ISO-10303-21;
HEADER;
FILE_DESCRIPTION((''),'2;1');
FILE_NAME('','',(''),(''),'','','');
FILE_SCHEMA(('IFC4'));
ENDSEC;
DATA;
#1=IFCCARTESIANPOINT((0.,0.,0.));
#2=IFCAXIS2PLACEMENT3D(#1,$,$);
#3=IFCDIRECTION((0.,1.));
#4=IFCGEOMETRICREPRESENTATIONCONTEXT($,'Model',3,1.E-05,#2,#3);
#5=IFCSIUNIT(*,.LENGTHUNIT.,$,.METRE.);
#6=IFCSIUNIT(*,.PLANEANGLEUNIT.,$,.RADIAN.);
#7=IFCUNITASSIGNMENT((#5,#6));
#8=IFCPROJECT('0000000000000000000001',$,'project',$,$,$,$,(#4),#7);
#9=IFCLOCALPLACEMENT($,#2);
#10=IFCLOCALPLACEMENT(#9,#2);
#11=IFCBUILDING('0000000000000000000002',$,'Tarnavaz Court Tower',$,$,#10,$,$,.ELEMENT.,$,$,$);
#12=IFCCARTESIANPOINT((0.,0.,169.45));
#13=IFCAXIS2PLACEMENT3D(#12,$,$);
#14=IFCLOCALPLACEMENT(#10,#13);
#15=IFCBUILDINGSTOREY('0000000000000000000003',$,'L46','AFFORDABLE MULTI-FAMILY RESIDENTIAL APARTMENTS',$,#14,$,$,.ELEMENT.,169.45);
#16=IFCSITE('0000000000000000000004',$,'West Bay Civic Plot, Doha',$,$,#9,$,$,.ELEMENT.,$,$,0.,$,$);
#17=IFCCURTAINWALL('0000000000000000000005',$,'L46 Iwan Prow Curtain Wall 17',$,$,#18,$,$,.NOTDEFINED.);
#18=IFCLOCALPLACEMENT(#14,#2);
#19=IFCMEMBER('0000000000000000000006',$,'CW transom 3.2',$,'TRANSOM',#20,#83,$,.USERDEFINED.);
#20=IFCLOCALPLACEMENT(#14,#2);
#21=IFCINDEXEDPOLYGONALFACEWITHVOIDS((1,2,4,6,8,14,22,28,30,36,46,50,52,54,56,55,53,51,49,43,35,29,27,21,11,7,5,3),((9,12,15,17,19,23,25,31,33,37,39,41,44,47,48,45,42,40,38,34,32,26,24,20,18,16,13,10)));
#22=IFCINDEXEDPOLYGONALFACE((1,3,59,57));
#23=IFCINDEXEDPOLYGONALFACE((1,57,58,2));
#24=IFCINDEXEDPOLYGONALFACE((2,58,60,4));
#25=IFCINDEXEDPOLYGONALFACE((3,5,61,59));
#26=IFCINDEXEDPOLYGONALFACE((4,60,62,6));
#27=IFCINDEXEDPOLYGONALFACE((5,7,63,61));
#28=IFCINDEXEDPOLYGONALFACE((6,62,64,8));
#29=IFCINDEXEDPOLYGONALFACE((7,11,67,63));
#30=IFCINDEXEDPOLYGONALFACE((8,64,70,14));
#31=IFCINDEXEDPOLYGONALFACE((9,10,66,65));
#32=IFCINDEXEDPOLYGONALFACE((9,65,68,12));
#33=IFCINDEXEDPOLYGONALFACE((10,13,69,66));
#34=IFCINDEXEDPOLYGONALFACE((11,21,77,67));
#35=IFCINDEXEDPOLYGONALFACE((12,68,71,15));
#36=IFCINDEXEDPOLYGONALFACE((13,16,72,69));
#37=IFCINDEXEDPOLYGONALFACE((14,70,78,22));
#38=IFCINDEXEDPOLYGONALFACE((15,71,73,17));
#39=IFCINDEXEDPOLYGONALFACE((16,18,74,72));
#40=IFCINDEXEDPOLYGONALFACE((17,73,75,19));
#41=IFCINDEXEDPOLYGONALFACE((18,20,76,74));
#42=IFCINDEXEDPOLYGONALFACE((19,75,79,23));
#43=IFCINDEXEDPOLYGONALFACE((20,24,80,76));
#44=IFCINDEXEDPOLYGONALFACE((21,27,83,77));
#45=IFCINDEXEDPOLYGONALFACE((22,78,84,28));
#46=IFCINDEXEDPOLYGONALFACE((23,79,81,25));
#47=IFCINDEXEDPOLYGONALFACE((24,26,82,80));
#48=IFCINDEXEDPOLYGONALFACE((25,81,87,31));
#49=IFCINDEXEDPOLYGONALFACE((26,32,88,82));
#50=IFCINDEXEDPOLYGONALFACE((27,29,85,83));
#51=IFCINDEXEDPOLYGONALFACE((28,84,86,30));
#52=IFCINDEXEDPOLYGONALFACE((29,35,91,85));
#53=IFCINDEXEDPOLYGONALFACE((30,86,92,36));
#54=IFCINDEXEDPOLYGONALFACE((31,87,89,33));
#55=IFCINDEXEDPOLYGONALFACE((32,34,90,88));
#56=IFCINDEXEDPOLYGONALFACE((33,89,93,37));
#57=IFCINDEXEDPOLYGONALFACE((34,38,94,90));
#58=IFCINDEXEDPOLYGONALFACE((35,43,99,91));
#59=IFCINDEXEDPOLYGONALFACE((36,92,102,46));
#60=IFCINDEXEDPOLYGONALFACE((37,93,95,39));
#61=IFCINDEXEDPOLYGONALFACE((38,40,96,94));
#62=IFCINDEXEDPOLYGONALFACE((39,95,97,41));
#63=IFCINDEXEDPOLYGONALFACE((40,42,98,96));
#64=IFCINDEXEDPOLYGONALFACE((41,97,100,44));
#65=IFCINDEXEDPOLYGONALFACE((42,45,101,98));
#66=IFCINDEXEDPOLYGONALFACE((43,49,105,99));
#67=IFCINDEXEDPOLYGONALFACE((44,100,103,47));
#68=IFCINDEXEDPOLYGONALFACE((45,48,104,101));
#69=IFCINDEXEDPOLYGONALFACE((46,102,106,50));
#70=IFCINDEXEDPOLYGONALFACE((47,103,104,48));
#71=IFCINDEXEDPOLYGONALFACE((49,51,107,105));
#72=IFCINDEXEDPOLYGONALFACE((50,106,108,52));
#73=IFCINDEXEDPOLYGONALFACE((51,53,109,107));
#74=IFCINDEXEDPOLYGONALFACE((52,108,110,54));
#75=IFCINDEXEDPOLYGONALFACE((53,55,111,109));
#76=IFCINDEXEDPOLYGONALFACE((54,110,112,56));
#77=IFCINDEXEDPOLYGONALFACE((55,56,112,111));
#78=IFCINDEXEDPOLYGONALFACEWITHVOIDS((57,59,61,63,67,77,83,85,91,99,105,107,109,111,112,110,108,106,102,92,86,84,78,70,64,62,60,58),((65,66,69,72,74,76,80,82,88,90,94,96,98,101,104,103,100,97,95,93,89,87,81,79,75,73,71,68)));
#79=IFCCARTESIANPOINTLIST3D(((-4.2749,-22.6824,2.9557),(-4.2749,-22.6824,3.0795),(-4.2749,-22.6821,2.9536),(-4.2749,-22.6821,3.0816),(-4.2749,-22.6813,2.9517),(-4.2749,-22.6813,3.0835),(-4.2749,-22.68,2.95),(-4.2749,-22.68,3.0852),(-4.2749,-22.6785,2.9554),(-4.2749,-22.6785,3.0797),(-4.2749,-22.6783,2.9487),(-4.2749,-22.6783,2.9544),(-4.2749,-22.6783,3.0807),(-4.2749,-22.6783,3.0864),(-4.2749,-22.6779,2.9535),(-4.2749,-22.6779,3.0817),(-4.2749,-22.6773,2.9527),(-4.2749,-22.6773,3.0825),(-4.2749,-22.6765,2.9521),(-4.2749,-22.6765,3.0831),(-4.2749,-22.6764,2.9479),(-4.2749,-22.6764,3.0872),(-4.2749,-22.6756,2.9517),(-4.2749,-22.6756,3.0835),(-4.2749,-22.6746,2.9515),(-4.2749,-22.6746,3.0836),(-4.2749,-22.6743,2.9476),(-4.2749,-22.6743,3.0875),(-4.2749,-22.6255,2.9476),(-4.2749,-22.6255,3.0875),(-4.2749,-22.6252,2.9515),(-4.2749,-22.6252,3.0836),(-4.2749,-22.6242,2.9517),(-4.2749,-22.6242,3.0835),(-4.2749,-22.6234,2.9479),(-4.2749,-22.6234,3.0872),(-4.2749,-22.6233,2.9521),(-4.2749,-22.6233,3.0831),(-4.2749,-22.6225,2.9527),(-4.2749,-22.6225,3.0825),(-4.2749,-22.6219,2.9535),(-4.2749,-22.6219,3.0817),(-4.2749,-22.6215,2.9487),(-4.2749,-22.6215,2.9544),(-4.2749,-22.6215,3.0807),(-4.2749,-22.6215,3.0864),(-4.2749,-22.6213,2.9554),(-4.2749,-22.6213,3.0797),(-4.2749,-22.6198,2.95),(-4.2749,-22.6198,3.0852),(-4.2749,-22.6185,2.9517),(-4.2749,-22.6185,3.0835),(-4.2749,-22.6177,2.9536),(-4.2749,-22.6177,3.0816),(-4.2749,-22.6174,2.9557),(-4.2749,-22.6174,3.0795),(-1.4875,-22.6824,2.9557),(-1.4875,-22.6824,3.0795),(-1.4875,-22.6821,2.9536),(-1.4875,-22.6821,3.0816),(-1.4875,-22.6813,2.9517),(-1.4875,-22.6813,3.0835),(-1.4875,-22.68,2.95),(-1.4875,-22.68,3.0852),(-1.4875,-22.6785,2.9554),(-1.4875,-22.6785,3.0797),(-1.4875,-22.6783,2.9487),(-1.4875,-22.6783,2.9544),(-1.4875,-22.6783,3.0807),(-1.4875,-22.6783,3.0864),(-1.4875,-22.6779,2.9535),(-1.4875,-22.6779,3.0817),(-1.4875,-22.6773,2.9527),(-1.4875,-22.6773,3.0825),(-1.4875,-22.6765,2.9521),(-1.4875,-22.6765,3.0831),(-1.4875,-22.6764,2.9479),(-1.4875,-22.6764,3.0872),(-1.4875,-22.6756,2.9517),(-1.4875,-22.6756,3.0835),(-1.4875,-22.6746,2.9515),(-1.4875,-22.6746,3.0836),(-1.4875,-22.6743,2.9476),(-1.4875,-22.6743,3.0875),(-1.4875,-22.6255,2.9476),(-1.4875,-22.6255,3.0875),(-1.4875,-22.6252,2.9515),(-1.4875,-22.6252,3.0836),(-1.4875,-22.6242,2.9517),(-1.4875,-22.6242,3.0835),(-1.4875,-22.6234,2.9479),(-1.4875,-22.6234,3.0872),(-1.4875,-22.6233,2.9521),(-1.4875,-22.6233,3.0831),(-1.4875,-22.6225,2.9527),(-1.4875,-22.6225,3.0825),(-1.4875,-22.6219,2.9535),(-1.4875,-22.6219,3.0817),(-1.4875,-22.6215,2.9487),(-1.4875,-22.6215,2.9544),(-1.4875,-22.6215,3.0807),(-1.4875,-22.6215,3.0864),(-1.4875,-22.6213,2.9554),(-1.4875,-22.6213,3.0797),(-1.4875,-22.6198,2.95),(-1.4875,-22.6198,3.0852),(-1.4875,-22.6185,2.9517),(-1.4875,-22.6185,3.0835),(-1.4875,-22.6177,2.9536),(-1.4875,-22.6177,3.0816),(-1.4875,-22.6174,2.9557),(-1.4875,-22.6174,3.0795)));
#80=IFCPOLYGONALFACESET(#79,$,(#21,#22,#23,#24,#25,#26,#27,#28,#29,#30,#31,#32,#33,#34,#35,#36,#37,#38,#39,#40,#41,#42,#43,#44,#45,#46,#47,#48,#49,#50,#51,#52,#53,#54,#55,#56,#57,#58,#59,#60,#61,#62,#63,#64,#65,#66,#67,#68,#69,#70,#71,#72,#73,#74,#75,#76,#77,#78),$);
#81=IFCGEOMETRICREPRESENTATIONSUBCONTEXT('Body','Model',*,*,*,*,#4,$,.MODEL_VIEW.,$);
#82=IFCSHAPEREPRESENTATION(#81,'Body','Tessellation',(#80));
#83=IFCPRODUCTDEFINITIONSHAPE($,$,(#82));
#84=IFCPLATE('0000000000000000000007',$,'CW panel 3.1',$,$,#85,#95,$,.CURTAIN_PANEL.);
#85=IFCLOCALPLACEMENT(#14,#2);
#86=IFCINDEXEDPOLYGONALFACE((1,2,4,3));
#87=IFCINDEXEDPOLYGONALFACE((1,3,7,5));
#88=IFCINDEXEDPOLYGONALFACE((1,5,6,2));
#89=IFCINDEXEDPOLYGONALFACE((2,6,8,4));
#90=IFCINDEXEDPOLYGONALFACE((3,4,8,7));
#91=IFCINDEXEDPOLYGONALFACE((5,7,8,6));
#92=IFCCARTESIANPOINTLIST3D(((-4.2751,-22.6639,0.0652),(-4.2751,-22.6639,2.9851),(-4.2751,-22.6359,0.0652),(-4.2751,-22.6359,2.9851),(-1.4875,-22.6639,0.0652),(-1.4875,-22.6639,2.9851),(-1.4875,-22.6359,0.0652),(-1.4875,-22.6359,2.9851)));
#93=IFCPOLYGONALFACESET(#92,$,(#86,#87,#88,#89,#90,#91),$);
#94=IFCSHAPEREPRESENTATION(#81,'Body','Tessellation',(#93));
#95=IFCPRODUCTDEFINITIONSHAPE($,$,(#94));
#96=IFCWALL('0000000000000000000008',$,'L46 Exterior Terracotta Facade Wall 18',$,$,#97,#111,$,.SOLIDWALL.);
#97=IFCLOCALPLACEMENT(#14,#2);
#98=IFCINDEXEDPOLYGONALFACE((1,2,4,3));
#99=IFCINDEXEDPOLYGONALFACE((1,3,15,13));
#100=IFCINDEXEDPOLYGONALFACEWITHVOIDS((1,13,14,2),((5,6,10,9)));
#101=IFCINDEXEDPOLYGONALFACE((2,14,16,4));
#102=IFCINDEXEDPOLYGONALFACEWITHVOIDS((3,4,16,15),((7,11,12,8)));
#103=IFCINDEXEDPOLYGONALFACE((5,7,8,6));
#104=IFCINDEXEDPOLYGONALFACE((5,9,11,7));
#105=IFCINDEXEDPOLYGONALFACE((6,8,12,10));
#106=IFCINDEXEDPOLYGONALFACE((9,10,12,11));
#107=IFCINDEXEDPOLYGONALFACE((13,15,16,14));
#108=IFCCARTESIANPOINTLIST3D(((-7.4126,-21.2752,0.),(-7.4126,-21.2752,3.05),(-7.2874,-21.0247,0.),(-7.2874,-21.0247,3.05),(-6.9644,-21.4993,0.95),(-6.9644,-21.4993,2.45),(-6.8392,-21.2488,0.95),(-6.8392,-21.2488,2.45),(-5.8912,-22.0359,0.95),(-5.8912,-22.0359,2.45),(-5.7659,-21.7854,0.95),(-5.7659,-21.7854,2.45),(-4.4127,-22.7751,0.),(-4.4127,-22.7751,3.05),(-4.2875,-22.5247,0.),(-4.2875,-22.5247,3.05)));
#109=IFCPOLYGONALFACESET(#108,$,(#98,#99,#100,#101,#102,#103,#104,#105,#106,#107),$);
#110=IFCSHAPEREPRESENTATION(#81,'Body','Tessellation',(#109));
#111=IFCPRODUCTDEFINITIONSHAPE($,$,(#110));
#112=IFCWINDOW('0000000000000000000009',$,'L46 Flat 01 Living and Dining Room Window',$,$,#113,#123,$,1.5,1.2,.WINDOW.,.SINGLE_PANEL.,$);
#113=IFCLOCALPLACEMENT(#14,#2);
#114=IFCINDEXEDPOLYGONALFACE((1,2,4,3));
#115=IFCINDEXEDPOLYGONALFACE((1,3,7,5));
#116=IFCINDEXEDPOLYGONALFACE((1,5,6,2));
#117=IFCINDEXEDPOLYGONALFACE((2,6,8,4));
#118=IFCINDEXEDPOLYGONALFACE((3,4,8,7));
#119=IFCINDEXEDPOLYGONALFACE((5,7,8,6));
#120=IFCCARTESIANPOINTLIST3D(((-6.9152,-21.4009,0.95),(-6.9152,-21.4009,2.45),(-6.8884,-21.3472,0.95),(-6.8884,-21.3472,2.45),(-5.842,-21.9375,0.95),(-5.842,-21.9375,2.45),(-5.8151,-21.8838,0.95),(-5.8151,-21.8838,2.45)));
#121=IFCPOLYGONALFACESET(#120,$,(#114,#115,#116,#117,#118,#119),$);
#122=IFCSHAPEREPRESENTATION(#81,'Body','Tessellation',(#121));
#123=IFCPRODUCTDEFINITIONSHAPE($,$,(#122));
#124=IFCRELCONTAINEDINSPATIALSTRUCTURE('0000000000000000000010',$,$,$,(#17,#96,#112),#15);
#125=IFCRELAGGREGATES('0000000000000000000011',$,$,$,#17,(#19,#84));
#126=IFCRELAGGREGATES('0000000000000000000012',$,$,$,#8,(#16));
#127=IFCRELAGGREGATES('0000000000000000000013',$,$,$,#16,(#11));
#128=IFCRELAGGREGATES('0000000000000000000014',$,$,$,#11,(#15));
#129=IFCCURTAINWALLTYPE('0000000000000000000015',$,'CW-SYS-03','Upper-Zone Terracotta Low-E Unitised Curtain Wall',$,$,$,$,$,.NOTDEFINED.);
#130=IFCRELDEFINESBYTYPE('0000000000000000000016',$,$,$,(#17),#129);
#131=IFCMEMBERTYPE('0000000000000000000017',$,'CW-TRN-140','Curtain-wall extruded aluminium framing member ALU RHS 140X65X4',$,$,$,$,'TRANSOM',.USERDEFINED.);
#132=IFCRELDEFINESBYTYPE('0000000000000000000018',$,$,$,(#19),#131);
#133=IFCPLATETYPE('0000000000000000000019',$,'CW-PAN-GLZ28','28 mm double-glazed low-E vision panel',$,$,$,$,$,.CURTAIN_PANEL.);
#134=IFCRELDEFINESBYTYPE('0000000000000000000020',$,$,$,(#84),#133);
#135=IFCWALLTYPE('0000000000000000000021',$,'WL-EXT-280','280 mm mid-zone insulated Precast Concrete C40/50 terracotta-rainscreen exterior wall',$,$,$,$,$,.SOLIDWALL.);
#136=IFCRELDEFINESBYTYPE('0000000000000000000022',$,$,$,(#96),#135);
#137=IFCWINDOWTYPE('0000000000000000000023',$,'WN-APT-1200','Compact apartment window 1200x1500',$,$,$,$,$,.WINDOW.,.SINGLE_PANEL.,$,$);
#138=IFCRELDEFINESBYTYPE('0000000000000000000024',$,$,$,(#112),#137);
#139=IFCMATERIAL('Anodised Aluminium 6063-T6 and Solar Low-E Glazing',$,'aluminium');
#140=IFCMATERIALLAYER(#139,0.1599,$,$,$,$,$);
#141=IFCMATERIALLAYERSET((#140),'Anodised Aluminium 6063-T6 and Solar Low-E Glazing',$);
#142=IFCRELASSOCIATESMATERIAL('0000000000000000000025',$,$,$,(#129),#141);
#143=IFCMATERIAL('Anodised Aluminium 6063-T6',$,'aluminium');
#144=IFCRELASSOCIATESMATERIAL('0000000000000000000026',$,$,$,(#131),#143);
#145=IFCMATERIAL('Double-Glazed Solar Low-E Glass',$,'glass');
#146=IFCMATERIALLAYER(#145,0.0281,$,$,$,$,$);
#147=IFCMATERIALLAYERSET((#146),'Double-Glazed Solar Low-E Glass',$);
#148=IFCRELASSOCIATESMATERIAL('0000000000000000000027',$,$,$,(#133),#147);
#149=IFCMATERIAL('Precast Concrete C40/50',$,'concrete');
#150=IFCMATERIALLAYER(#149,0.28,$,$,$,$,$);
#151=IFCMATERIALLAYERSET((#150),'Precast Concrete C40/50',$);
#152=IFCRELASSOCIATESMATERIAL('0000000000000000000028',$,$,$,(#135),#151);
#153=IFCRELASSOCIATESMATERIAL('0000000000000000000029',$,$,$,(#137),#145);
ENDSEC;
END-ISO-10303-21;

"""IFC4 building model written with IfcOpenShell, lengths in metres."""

from ifc_helpers import new_model, si_unit, direction, frame, frame_2d, origin, origin_2d, place, context, subcontext, project, spatial, rectangle, hollow_rectangle, extrude, material, layer, layer_set, material_profile, profile_set, type_object, element, fill, aggregate, save


model = new_model("IFC4")

# Units and contexts
model_context = context("Model", 3, precision=1e-05, world=origin(), true_north=direction((0.0, 1.0)))
body_context = subcontext(model_context, "Body", "Model", "MODEL_VIEW")
ifc_project = project(units=[si_unit("LENGTHUNIT", "METRE"), si_unit("PLANEANGLEUNIT", "RADIAN")], contexts=[model_context])

# Site, building, storey
site_placement = place(None, origin())
site = spatial("IfcSite", under=ifc_project, at=site_placement, Name="West Bay Civic Plot, Doha", CompositionType="ELEMENT", RefElevation=0.0)
building_placement = place(site_placement, origin())
building = spatial("IfcBuilding", under=site, at=building_placement, Name="Tarnavaz Court Tower", CompositionType="ELEMENT")
storey_placement = place(building_placement, frame((0.0, 0.0, 169.45)))
storey = spatial("IfcBuildingStorey", under=building, at=storey_placement, Name="L46", Description="AFFORDABLE MULTI-FAMILY RESIDENTIAL APARTMENTS", CompositionType="ELEMENT", Elevation=169.45)

# Curtain wall, member, plate
ifc_material_1 = material(Name="Anodised Aluminium 6063-T6 and Solar Low-E Glazing", Category="aluminium")
ifc_layer_1 = layer(ifc_material_1, 0.1599)
ifc_layer_set_1 = layer_set([ifc_layer_1], Name="Anodised Aluminium 6063-T6 and Solar Low-E Glazing")
curtain_wall_type = type_object("IfcCurtainWallType", Name="CW-SYS-03", Description="Upper-Zone Terracotta Low-E Unitised Curtain Wall", PredefinedType="NOTDEFINED", material=ifc_layer_set_1)
curtain_wall_placement = place(storey_placement, origin())
curtain_wall = element("IfcCurtainWall", 1, at=curtain_wall_placement, inside=storey, type_object=curtain_wall_type, Name="L46 Iwan Prow Curtain Wall 17", PredefinedType="NOTDEFINED")
ifc_material_2 = material(Name="Anodised Aluminium 6063-T6", Category="aluminium")
ifc_material_profile_1 = material_profile(ifc_material_2, hollow_rectangle(XDim=0.0649, YDim=0.1399, WallThickness=0.0039, InnerFilletRadius=0.0039, OuterFilletRadius=0.0081, at=origin_2d()), Name="ALU RHS 140X65X4")
ifc_profile_set_1 = profile_set([ifc_material_profile_1], Name="Anodised Aluminium 6063-T6")
member_type_1 = type_object("IfcMemberType", Name="CW-TRN-140", Description="Curtain-wall extruded aluminium framing member ALU RHS 140X65X4", ElementType="TRANSOM", PredefinedType="USERDEFINED", material=ifc_profile_set_1)
member_1_placement = place(storey_placement, frame((-1.4875, -22.6499, 3.0176), z_axis=(-1.0, 0.0, 0.0), x_axis=(0.0, -1.0, 0.0)))
member_1 = element("IfcMember", 2, at=member_1_placement, type_object=member_type_1, Name="CW transom 3.2", ObjectType="TRANSOM", PredefinedType="USERDEFINED", context=body_context, shape_type="SweptSolid", body=[
    extrude(hollow_rectangle(XDim=0.0649, YDim=0.1399, WallThickness=0.0039, InnerFilletRadius=0.0039, OuterFilletRadius=0.0081, at=origin_2d()), origin(), (0.0, 0.0, 1.0), 2.7874),
])
ifc_material_3 = material(Name="Double-Glazed Solar Low-E Glass", Category="glass")
ifc_layer_2 = layer(ifc_material_3, 0.0281)
ifc_layer_set_2 = layer_set([ifc_layer_2], Name="Double-Glazed Solar Low-E Glass")
plate_type = type_object("IfcPlateType", Name="CW-PAN-GLZ28", Description="28 mm double-glazed low-E vision panel", PredefinedType="CURTAIN_PANEL", material=ifc_layer_set_2)
plate_placement = place(storey_placement, frame((-2.8813, -22.6499, 0.0652), z_axis=(0.0, 0.0, 1.0), x_axis=(-1.0, 0.0, 0.0)))
plate = element("IfcPlate", 3, at=plate_placement, type_object=plate_type, Name="CW panel 3.1", PredefinedType="CURTAIN_PANEL", context=body_context, shape_type="SweptSolid", body=[
    extrude(rectangle(XDim=2.7876, YDim=0.0281, at=origin_2d()), origin(), (0.0, 0.0, 1.0), 2.9199),
])
aggregate(curtain_wall, [member_1, plate])

# Wall, opening, window
ifc_material_4 = material(Name="Precast Concrete C40/50", Category="concrete")
ifc_layer_3 = layer(ifc_material_4, 0.28)
ifc_layer_set_3 = layer_set([ifc_layer_3], Name="Precast Concrete C40/50")
wall_type_1 = type_object("IfcWallType", Name="WL-EXT-280", Description="280 mm mid-zone insulated Precast Concrete C40/50 terracotta-rainscreen exterior wall", PredefinedType="SOLIDWALL", material=ifc_layer_set_3)
wall_1_placement = place(storey_placement, frame((-4.3501, -22.6499, 0.0), z_axis=(0.0, 0.0, 1.0), x_axis=(-0.894427, 0.447214, 0.0)))
wall_1 = element("IfcWall", 4, at=wall_1_placement, inside=storey, type_object=wall_type_1, Name="L46 Exterior Terracotta Facade Wall 18", PredefinedType="SOLIDWALL", context=body_context, shape_type="SweptSolid", body=[
    extrude(rectangle(XDim=3.354, YDim=0.28, at=frame_2d((1.677, 0.0))), origin(), (0.0, 0.0, 1.0), 3.05),
])
opening_1_placement = place(wall_1_placement, frame((1.6528, 0.0, 0.95)))
opening_1 = element("IfcOpeningElement", 5, at=opening_1_placement, cuts=wall_1, PredefinedType="OPENING", context=body_context, shape_type="SweptSolid", body=[
    extrude(rectangle(XDim=1.2, YDim=1.5, at=frame_2d((0.6001, 0.75))), frame((0.0, 0.1499, 0.0), z_axis=(0.0, -1.0, 0.0), x_axis=(1.0, 0.0, 0.0)), (0.0, 0.0, 1.0), 0.3),
])
window_type_1 = type_object("IfcWindowType", Name="WN-APT-1200", Description="Compact apartment window 1200x1500", PartitioningType="SINGLE_PANEL", PredefinedType="WINDOW", material=ifc_material_3)
window_1_placement = place(opening_1_placement, origin())
window_1 = element("IfcWindow", 6, at=window_1_placement, inside=storey, type_object=window_type_1, Name="L46 Flat 01 Living and Dining Room Window", OverallHeight=1.5, OverallWidth=1.2, PartitioningType="SINGLE_PANEL", PredefinedType="WINDOW", context=body_context, shape_type="SweptSolid", body=[
    extrude(rectangle(XDim=1.2, YDim=1.5, at=frame_2d((0.6001, 0.75))), frame((0.0, 0.03, 0.0), z_axis=(0.0, -1.0, 0.0), x_axis=(1.0, 0.0, 0.0)), (0.0, 0.0, 1.0), 0.0601),
])
fill(opening_1, window_1)

save(model, "model.ifc")
